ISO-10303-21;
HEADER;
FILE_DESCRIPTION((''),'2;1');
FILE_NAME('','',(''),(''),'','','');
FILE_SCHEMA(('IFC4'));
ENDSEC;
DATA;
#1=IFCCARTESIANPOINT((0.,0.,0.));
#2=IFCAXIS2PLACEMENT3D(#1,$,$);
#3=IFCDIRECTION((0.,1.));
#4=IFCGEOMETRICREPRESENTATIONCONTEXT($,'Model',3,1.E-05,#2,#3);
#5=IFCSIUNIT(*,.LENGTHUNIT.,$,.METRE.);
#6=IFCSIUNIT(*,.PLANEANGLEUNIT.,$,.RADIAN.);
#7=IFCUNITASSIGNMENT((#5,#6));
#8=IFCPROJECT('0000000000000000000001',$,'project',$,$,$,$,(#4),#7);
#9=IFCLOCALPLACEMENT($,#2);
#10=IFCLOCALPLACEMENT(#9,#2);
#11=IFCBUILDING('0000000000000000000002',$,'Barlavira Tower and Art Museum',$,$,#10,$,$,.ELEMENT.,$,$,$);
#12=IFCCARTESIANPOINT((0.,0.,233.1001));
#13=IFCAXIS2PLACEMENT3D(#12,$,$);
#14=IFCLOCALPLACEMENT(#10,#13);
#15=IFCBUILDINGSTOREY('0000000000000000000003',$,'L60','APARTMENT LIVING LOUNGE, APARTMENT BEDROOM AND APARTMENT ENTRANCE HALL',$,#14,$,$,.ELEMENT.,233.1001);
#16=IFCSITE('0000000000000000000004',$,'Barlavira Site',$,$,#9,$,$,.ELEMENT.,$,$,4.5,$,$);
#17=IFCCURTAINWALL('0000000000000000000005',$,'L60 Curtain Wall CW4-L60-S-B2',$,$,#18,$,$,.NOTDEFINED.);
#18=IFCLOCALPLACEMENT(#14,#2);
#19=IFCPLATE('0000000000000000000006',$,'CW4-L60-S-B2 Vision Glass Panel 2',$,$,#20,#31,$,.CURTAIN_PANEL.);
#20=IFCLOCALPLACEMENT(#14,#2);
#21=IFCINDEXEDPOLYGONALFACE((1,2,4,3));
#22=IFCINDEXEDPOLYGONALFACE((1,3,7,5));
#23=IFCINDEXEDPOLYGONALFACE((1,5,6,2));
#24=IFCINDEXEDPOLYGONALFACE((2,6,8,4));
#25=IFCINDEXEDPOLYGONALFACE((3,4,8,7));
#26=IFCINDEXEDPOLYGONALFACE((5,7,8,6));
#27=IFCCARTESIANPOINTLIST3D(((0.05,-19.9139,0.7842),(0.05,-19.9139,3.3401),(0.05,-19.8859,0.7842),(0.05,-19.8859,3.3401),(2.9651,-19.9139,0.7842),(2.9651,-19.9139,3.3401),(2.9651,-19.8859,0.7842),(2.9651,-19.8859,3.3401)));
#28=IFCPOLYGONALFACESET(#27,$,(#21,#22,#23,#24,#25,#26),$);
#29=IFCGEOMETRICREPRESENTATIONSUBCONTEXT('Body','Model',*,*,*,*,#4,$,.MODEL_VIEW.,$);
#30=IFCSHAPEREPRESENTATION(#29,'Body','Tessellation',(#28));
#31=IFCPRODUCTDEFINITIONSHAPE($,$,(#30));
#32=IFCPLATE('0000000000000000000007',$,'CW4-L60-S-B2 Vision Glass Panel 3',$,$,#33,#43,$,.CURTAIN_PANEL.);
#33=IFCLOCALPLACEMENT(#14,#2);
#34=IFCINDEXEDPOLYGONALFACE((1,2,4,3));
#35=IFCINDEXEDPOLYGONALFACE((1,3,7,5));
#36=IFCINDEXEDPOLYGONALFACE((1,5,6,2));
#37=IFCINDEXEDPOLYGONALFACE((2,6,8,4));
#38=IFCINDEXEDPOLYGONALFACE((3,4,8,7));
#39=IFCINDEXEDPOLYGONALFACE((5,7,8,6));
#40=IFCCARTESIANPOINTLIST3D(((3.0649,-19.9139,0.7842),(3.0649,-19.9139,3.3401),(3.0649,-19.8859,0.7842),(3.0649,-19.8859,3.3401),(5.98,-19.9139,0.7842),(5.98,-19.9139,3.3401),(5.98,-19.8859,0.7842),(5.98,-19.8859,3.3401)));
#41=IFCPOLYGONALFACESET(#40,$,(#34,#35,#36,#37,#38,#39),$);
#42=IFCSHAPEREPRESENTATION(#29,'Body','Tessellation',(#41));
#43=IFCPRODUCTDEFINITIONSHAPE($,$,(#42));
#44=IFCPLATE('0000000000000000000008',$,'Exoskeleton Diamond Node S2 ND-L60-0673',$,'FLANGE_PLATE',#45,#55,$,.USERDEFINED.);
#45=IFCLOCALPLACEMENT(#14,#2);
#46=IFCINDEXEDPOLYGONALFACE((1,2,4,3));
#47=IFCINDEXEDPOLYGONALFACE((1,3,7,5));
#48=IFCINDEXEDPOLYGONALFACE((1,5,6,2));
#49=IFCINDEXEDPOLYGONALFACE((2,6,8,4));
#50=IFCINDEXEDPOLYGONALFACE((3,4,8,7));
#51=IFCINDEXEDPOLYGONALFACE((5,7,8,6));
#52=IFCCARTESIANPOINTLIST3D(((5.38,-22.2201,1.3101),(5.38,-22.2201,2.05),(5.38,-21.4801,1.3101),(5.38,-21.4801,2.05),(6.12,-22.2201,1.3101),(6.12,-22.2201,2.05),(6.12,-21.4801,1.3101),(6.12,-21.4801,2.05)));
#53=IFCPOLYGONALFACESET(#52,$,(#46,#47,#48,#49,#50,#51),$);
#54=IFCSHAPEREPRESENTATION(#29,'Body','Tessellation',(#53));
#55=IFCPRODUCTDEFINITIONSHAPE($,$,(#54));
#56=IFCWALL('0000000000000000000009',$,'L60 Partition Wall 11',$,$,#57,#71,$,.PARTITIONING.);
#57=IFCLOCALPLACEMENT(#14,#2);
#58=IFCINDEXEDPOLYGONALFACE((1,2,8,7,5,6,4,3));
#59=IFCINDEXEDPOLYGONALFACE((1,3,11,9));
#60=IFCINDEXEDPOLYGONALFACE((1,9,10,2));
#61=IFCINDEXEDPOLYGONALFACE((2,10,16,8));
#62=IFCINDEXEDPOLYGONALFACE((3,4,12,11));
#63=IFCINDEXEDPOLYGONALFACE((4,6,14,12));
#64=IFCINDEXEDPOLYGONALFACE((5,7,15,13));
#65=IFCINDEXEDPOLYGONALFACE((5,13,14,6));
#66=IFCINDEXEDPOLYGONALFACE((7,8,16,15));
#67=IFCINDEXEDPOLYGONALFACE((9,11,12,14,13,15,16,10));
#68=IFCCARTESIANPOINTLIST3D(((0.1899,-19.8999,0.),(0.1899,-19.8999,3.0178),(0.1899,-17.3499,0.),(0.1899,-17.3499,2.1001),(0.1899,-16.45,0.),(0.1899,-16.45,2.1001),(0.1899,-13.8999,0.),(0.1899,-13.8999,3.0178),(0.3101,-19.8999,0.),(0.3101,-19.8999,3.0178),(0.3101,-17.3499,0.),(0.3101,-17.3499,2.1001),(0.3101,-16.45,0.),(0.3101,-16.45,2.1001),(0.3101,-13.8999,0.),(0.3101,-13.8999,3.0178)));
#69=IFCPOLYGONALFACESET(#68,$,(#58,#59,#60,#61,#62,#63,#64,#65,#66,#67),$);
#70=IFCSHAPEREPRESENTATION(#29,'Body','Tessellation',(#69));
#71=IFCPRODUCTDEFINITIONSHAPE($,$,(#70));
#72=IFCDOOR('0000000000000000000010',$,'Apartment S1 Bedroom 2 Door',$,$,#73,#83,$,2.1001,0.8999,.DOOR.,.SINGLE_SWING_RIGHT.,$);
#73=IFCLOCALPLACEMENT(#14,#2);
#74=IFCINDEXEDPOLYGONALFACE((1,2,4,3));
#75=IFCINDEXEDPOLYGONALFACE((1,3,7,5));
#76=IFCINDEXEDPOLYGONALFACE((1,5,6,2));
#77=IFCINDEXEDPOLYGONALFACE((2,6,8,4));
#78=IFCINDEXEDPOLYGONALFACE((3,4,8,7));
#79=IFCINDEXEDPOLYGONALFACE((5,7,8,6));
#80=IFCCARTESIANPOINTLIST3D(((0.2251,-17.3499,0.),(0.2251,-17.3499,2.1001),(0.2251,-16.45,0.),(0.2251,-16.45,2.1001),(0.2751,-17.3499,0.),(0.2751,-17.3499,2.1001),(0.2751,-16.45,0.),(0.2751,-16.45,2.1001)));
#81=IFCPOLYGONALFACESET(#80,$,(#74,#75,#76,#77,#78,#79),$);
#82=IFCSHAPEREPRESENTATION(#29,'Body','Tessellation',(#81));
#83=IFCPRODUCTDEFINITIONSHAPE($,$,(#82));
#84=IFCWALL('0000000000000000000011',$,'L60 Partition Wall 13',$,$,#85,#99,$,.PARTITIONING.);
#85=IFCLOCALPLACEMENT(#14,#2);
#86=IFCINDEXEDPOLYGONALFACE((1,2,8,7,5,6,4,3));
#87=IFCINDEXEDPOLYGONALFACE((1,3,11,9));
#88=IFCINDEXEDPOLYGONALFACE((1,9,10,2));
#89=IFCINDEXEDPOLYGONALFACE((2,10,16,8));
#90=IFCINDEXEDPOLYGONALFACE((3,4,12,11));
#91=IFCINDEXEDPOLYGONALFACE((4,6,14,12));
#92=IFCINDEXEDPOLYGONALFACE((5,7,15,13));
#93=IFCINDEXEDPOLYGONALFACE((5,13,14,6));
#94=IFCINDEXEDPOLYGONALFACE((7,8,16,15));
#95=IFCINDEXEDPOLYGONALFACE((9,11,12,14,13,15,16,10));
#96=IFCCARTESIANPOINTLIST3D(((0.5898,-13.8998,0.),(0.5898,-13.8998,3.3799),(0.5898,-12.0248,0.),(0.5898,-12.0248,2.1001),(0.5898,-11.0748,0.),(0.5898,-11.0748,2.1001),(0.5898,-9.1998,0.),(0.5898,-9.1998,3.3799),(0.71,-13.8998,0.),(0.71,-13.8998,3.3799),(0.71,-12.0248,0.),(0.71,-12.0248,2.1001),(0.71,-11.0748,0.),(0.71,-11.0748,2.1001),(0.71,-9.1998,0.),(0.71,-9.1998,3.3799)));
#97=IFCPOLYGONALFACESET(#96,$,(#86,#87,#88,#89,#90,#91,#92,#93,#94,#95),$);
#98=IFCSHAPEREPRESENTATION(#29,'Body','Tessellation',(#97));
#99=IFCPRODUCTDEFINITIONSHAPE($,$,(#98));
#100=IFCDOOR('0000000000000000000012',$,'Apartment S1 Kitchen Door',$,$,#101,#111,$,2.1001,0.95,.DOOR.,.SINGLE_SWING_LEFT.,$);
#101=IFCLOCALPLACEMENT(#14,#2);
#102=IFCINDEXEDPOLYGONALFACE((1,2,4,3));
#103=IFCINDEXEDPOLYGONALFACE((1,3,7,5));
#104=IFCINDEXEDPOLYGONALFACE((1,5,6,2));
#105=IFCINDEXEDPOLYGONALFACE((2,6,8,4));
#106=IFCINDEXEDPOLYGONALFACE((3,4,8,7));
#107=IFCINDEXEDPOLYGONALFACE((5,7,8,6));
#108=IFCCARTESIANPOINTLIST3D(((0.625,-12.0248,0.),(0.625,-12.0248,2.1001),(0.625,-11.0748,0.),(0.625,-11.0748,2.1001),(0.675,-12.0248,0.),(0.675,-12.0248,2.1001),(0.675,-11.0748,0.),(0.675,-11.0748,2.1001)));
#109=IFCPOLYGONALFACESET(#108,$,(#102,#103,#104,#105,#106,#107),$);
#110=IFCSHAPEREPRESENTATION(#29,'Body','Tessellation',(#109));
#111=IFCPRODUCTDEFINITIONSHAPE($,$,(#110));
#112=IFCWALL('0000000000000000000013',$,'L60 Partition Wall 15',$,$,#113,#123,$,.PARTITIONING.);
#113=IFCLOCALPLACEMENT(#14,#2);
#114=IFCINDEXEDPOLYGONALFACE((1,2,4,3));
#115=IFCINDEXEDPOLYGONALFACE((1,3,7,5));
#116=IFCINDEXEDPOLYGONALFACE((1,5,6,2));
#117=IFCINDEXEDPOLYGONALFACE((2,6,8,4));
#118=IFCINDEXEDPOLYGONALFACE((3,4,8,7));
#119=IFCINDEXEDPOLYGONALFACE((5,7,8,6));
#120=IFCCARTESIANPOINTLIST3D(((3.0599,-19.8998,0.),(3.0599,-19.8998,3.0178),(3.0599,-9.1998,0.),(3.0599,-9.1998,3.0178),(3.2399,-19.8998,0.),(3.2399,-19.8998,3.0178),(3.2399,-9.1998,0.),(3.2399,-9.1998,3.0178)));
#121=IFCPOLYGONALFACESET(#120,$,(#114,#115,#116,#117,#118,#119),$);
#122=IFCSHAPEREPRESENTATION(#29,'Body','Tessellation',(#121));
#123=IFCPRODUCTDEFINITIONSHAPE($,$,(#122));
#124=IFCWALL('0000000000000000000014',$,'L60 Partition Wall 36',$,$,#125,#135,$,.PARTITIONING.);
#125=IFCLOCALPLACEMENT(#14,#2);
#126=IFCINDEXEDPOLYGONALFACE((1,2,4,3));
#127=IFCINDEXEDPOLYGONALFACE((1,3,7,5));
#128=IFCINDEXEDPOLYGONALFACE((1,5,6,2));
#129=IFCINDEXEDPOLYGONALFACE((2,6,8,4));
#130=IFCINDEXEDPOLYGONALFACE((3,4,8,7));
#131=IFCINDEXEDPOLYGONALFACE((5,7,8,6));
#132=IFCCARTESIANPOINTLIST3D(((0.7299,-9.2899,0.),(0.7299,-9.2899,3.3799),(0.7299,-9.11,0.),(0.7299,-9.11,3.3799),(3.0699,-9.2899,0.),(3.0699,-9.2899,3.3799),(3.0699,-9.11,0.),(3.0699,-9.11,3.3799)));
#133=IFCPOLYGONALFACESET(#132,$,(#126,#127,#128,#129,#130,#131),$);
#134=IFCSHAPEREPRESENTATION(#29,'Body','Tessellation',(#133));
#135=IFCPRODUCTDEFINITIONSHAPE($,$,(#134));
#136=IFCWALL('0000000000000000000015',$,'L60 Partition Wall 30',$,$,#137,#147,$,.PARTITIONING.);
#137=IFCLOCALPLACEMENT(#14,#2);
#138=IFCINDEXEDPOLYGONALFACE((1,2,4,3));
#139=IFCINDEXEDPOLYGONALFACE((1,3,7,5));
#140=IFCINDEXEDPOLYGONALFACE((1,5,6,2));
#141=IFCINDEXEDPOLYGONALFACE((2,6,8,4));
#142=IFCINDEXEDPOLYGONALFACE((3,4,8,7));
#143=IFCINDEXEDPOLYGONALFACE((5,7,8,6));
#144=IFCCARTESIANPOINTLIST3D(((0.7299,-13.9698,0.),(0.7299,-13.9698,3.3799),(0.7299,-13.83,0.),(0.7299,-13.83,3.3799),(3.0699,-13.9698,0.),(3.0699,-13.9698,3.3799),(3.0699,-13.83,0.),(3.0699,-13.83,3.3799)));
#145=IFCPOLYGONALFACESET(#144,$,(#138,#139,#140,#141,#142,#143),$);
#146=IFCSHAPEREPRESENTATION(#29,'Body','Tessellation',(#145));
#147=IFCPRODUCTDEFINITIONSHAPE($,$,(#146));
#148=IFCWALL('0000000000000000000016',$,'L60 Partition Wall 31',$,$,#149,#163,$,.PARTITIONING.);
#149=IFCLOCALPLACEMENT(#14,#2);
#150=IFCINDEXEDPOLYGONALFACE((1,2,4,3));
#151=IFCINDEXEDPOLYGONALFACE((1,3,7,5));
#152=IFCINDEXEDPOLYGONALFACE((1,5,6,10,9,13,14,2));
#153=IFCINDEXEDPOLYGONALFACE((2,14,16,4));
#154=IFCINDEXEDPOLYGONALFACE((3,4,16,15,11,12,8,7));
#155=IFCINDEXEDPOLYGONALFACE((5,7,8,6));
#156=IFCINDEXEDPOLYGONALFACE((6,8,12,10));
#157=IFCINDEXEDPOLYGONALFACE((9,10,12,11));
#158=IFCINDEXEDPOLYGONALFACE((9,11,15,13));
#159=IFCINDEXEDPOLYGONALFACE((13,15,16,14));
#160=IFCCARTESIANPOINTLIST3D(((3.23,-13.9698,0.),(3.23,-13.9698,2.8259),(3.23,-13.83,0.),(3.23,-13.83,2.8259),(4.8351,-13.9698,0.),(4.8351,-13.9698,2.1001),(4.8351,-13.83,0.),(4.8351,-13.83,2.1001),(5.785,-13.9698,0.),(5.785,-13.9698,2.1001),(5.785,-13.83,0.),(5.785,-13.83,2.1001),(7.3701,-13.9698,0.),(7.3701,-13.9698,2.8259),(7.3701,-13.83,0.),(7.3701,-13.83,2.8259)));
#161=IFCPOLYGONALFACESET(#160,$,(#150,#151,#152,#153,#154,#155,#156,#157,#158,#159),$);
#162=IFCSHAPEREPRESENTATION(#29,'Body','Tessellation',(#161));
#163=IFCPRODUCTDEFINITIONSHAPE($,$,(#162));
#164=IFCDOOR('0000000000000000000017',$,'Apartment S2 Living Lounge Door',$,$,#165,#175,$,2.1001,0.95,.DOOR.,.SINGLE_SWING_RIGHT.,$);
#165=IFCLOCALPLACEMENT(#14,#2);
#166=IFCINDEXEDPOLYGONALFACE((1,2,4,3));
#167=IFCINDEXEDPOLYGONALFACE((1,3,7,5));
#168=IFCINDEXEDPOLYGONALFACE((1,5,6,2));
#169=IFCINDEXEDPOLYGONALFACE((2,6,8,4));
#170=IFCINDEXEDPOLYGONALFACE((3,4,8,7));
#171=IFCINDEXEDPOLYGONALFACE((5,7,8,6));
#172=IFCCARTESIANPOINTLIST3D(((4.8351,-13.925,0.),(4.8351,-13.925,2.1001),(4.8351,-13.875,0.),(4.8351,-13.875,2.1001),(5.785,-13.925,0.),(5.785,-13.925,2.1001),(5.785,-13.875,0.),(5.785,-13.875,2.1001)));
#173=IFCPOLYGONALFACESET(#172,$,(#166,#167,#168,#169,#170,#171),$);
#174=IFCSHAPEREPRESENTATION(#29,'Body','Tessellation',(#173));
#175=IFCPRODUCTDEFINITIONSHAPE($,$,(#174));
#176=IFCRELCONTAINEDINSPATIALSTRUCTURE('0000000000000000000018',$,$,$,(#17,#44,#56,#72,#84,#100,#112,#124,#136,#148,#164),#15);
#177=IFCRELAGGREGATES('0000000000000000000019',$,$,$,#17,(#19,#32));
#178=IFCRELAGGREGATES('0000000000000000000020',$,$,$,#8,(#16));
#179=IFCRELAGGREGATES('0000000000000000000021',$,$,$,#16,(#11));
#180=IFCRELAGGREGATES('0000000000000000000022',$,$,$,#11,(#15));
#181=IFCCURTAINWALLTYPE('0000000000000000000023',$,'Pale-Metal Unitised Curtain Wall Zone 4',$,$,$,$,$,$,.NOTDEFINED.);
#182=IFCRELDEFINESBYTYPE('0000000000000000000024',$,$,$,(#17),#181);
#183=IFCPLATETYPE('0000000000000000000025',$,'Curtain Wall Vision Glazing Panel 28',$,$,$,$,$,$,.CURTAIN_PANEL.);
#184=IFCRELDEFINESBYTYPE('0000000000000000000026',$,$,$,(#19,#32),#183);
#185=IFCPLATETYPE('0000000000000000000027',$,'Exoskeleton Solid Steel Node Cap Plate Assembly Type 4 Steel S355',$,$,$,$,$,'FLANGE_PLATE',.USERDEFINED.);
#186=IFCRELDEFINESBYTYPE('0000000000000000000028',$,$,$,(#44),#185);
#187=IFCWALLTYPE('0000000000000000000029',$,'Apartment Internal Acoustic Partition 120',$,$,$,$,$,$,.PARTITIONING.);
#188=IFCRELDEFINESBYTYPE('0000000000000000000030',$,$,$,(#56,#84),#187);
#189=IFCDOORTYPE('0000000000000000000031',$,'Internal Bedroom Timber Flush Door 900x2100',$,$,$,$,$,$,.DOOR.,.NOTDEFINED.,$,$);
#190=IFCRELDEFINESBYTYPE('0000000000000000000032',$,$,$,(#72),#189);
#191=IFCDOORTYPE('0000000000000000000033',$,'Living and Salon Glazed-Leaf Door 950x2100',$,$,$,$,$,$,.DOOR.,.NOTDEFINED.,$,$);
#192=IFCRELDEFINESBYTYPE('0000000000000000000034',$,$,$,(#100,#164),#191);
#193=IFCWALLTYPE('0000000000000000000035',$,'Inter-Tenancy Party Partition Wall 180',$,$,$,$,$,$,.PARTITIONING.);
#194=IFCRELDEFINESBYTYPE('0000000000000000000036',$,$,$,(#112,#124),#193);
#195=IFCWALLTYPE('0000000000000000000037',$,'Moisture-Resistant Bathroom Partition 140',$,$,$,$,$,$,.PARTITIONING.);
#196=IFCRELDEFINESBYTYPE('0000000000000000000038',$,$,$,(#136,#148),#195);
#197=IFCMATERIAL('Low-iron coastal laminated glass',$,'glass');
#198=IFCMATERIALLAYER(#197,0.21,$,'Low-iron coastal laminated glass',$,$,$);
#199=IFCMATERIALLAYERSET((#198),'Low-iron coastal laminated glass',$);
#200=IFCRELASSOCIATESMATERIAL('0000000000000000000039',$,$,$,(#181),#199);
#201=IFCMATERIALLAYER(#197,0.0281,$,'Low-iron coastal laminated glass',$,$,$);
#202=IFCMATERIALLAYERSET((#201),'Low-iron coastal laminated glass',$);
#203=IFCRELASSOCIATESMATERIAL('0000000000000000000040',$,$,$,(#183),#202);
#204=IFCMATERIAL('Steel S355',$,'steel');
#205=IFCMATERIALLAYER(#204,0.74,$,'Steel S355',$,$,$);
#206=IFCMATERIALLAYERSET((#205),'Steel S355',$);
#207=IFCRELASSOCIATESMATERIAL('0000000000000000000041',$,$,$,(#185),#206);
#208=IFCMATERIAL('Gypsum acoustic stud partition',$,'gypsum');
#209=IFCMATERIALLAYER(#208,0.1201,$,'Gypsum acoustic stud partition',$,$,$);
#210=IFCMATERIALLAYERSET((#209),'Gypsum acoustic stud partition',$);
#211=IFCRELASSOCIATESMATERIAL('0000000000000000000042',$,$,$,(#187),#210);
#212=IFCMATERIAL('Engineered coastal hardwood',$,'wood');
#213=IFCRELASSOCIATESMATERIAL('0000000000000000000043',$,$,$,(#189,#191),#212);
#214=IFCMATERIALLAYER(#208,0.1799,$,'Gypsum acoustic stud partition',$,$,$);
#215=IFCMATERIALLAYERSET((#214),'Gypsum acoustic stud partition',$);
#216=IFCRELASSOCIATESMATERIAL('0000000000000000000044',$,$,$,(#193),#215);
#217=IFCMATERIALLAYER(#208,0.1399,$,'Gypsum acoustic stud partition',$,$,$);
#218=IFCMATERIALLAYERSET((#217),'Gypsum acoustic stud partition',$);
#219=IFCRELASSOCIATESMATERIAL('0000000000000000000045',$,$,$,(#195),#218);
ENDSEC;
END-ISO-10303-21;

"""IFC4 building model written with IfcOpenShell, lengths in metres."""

from ifc_helpers import new_model, si_unit, direction, frame, frame_2d, origin, origin_2d, place, context, subcontext, project, spatial, rectangle, extrude, material, layer, layer_set, type_object, element, fill, aggregate, save


model = new_model("IFC4")

# Units and contexts
model_context = context("Model", 3, precision=1e-05, world=origin(), true_north=direction((0.0, 1.0)))
body_context = subcontext(model_context, "Body", "Model", "MODEL_VIEW")
ifc_project = project(units=[si_unit("LENGTHUNIT", "METRE"), si_unit("PLANEANGLEUNIT", "RADIAN")], contexts=[model_context])

# Site, building, storey
site_placement = place(None, origin())
site = spatial("IfcSite", under=ifc_project, at=site_placement, Name="Barlavira Site", CompositionType="ELEMENT", RefElevation=4.5)
building_placement = place(site_placement, origin())
building = spatial("IfcBuilding", under=site, at=building_placement, Name="Barlavira Tower and Art Museum", CompositionType="ELEMENT")
storey_placement = place(building_placement, frame((0.0, 0.0, 233.1001)))
storey = spatial("IfcBuildingStorey", under=building, at=storey_placement, Name="L60", Description="APARTMENT LIVING LOUNGE, APARTMENT BEDROOM AND APARTMENT ENTRANCE HALL", CompositionType="ELEMENT", Elevation=233.1001)

# Curtain wall
ifc_material_1 = material(Name="Low-iron coastal laminated glass", Category="glass")
ifc_layer_1 = layer(ifc_material_1, 0.21, Name="Low-iron coastal laminated glass")
ifc_layer_set_1 = layer_set([ifc_layer_1], Name="Low-iron coastal laminated glass")
curtain_wall_type = type_object("IfcCurtainWallType", Name="Pale-Metal Unitised Curtain Wall Zone 4", PredefinedType="NOTDEFINED", material=ifc_layer_set_1)
curtain_wall_placement = place(storey_placement, origin())
curtain_wall = element("IfcCurtainWall", 1, at=curtain_wall_placement, inside=storey, type_object=curtain_wall_type, Name="L60 Curtain Wall CW4-L60-S-B2", PredefinedType="NOTDEFINED")

# Shared definitions
ifc_material_2 = material(Name="Steel S355", Category="steel")

# Plates
ifc_layer_2 = layer(ifc_material_1, 0.0281, Name="Low-iron coastal laminated glass")
ifc_layer_set_2 = layer_set([ifc_layer_2], Name="Low-iron coastal laminated glass")
plate_type_1 = type_object("IfcPlateType", Name="Curtain Wall Vision Glazing Panel 28", PredefinedType="CURTAIN_PANEL", material=ifc_layer_set_2)
plate_1_placement = place(storey_placement, frame((1.5076, -19.8999, 0.7842), z_axis=(0.0, 0.0, 1.0), x_axis=(1.0, 0.0, 0.0)))
plate_1 = element("IfcPlate", 2, at=plate_1_placement, type_object=plate_type_1, Name="CW4-L60-S-B2 Vision Glass Panel 2", PredefinedType="CURTAIN_PANEL", context=body_context, shape_type="SweptSolid", body=[
    extrude(rectangle(XDim=2.915, YDim=0.0281, at=origin_2d()), origin(), (0.0, 0.0, 1.0), 2.5559),
])
plate_2_placement = place(storey_placement, frame((4.5225, -19.8999, 0.7842), z_axis=(0.0, 0.0, 1.0), x_axis=(1.0, 0.0, 0.0)))
plate_2 = element("IfcPlate", 3, at=plate_2_placement, type_object=plate_type_1, Name="CW4-L60-S-B2 Vision Glass Panel 3", PredefinedType="CURTAIN_PANEL", context=body_context, shape_type="SweptSolid", body=[
    extrude(rectangle(XDim=2.915, YDim=0.0281, at=origin_2d()), origin(), (0.0, 0.0, 1.0), 2.5559),
])
aggregate(curtain_wall, [plate_1, plate_2])
ifc_layer_3 = layer(ifc_material_2, 0.74, Name="Steel S355")
ifc_layer_set_3 = layer_set([ifc_layer_3], Name="Steel S355")
plate_type_2 = type_object("IfcPlateType", Name="Exoskeleton Solid Steel Node Cap Plate Assembly Type 4 Steel S355", ElementType="FLANGE_PLATE", PredefinedType="USERDEFINED", material=ifc_layer_set_3)
plate_3_placement = place(storey_placement, frame((5.75, -21.8501, 1.3101), z_axis=(0.0, 0.0, 1.0), x_axis=(1.0, 0.0, 0.0)))
element("IfcPlate", 4, at=plate_3_placement, inside=storey, type_object=plate_type_2, Name="Exoskeleton Diamond Node S2 ND-L60-0673", ObjectType="FLANGE_PLATE", PredefinedType="USERDEFINED", context=body_context, shape_type="SweptSolid", body=[
    extrude(rectangle(XDim=0.74, YDim=0.74, at=origin_2d()), origin(), (0.0, 0.0, 1.0), 0.74),
])

# Walls, openings, doors
ifc_material_3 = material(Name="Gypsum acoustic stud partition", Category="gypsum")
ifc_layer_4 = layer(ifc_material_3, 0.1201, Name="Gypsum acoustic stud partition")
ifc_layer_set_4 = layer_set([ifc_layer_4], Name="Gypsum acoustic stud partition")
wall_type_1 = type_object("IfcWallType", Name="Apartment Internal Acoustic Partition 120", PredefinedType="PARTITIONING", material=ifc_layer_set_4)
wall_1_placement = place(storey_placement, frame((0.25, -19.8999, 0.0), z_axis=(0.0, 0.0, 1.0), x_axis=(0.0, 1.0, 0.0)))
wall_1 = element("IfcWall", 5, at=wall_1_placement, inside=storey, type_object=wall_type_1, Name="L60 Partition Wall 11", PredefinedType="PARTITIONING", context=body_context, shape_type="SweptSolid", body=[
    extrude(rectangle(XDim=6.0, YDim=0.1201, at=frame_2d((3.0, 0.0))), origin(), (0.0, 0.0, 1.0), 3.0178),
])
opening_1_placement = place(wall_1_placement, frame((2.55, 0.0, 0.0)))
opening_1 = element("IfcOpeningElement", 6, at=opening_1_placement, cuts=wall_1, PredefinedType="OPENING", context=body_context, shape_type="SweptSolid", body=[
    extrude(rectangle(XDim=0.8999, YDim=2.1001, at=frame_2d((0.45, 1.05))), frame((0.0, 0.0701, 0.0), z_axis=(0.0, -1.0, 0.0), x_axis=(1.0, 0.0, 0.0)), (0.0, 0.0, 1.0), 0.1401),
])
ifc_material_4 = material(Name="Engineered coastal hardwood", Category="wood")
door_type_1 = type_object("IfcDoorType", Name="Internal Bedroom Timber Flush Door 900x2100", OperationType="NOTDEFINED", PredefinedType="DOOR", material=ifc_material_4)
door_1_placement = place(opening_1_placement, origin())
door_1 = element("IfcDoor", 7, at=door_1_placement, inside=storey, type_object=door_type_1, Name="Apartment S1 Bedroom 2 Door", OperationType="SINGLE_SWING_RIGHT", OverallHeight=2.1001, OverallWidth=0.8999, PredefinedType="DOOR", context=body_context, shape_type="SweptSolid", body=[
    extrude(rectangle(XDim=0.8999, YDim=2.1001, at=frame_2d((0.45, 1.05))), frame((0.0, 0.0249, 0.0), z_axis=(0.0, -1.0, 0.0), x_axis=(1.0, 0.0, 0.0)), (0.0, 0.0, 1.0), 0.05),
])
fill(opening_1, door_1)
wall_2_placement = place(storey_placement, frame((0.6499, -13.8999, 0.0), z_axis=(0.0, 0.0, 1.0), x_axis=(0.0, 1.0, 0.0)))
wall_2 = element("IfcWall", 8, at=wall_2_placement, inside=storey, type_object=wall_type_1, Name="L60 Partition Wall 13", PredefinedType="PARTITIONING", context=body_context, shape_type="SweptSolid", body=[
    extrude(rectangle(XDim=4.7, YDim=0.1201, at=frame_2d((2.3501, 0.0))), origin(), (0.0, 0.0, 1.0), 3.3799),
])
opening_2_placement = place(wall_2_placement, frame((1.875, 0.0, 0.0)))
opening_2 = element("IfcOpeningElement", 9, at=opening_2_placement, cuts=wall_2, PredefinedType="OPENING", context=body_context, shape_type="SweptSolid", body=[
    extrude(rectangle(XDim=0.95, YDim=2.1001, at=frame_2d((0.4751, 1.05))), frame((0.0, 0.0701, 0.0), z_axis=(0.0, -1.0, 0.0), x_axis=(1.0, 0.0, 0.0)), (0.0, 0.0, 1.0), 0.1401),
])
door_type_2 = type_object("IfcDoorType", Name="Living and Salon Glazed-Leaf Door 950x2100", OperationType="NOTDEFINED", PredefinedType="DOOR", material=ifc_material_4)
door_2_placement = place(opening_2_placement, origin())
door_2 = element("IfcDoor", 10, at=door_2_placement, inside=storey, type_object=door_type_2, Name="Apartment S1 Kitchen Door", OperationType="SINGLE_SWING_LEFT", OverallHeight=2.1001, OverallWidth=0.95, PredefinedType="DOOR", context=body_context, shape_type="SweptSolid", body=[
    extrude(rectangle(XDim=0.95, YDim=2.1001, at=frame_2d((0.4751, 1.05))), frame((0.0, 0.0249, 0.0), z_axis=(0.0, -1.0, 0.0), x_axis=(1.0, 0.0, 0.0)), (0.0, 0.0, 1.0), 0.05),
])
fill(opening_2, door_2)

# Walls
ifc_layer_5 = layer(ifc_material_3, 0.1799, Name="Gypsum acoustic stud partition")
ifc_layer_set_5 = layer_set([ifc_layer_5], Name="Gypsum acoustic stud partition")
wall_type_2 = type_object("IfcWallType", Name="Inter-Tenancy Party Partition Wall 180", PredefinedType="PARTITIONING", material=ifc_layer_set_5)
wall_3_placement = place(storey_placement, frame((3.1499, -19.8999, 0.0), z_axis=(0.0, 0.0, 1.0), x_axis=(0.0, 1.0, 0.0)))
element("IfcWall", 11, at=wall_3_placement, inside=storey, type_object=wall_type_2, Name="L60 Partition Wall 15", PredefinedType="PARTITIONING", context=body_context, shape_type="SweptSolid", body=[
    extrude(rectangle(XDim=10.7, YDim=0.1799, at=frame_2d((5.3501, 0.0))), origin(), (0.0, 0.0, 1.0), 3.0178),
])
wall_4_placement = place(storey_placement, frame((0.73, -9.2, 0.0), z_axis=(0.0, 0.0, 1.0), x_axis=(1.0, 0.0, 0.0)))
element("IfcWall", 12, at=wall_4_placement, inside=storey, type_object=wall_type_2, Name="L60 Partition Wall 36", PredefinedType="PARTITIONING", context=body_context, shape_type="SweptSolid", body=[
    extrude(rectangle(XDim=2.3401, YDim=0.1799, at=frame_2d((1.1699, 0.0))), origin(), (0.0, 0.0, 1.0), 3.3799),
])

# Wall
ifc_layer_6 = layer(ifc_material_3, 0.1399, Name="Gypsum acoustic stud partition")
ifc_layer_set_6 = layer_set([ifc_layer_6], Name="Gypsum acoustic stud partition")
wall_type_3 = type_object("IfcWallType", Name="Moisture-Resistant Bathroom Partition 140", PredefinedType="PARTITIONING", material=ifc_layer_set_6)
wall_5_placement = place(storey_placement, frame((0.73, -13.8999, 0.0), z_axis=(0.0, 0.0, 1.0), x_axis=(1.0, 0.0, 0.0)))
element("IfcWall", 13, at=wall_5_placement, inside=storey, type_object=wall_type_3, Name="L60 Partition Wall 30", PredefinedType="PARTITIONING", context=body_context, shape_type="SweptSolid", body=[
    extrude(rectangle(XDim=2.3401, YDim=0.1399, at=frame_2d((1.1699, 0.0))), origin(), (0.0, 0.0, 1.0), 3.3799),
])

# Wall, opening, door
wall_6_placement = place(storey_placement, frame((3.23, -13.8999, 0.0), z_axis=(0.0, 0.0, 1.0), x_axis=(1.0, 0.0, 0.0)))
wall_6 = element("IfcWall", 14, at=wall_6_placement, inside=storey, type_object=wall_type_3, Name="L60 Partition Wall 31", PredefinedType="PARTITIONING", context=body_context, shape_type="SweptSolid", body=[
    extrude(rectangle(XDim=4.1401, YDim=0.1399, at=frame_2d((2.0701, 0.0))), origin(), (0.0, 0.0, 1.0), 2.8259),
])
opening_3_placement = place(wall_6_placement, frame((1.605, 0.0, 0.0)))
opening_3 = element("IfcOpeningElement", 15, at=opening_3_placement, cuts=wall_6, PredefinedType="OPENING", context=body_context, shape_type="SweptSolid", body=[
    extrude(rectangle(XDim=0.95, YDim=2.1001, at=frame_2d((0.4751, 1.05))), frame((0.0, 0.0801, 0.0), z_axis=(0.0, -1.0, 0.0), x_axis=(1.0, 0.0, 0.0)), (0.0, 0.0, 1.0), 0.1599),
])
door_3_placement = place(opening_3_placement, origin())
door_3 = element("IfcDoor", 16, at=door_3_placement, inside=storey, type_object=door_type_2, Name="Apartment S2 Living Lounge Door", OperationType="SINGLE_SWING_RIGHT", OverallHeight=2.1001, OverallWidth=0.95, PredefinedType="DOOR", context=body_context, shape_type="SweptSolid", body=[
    extrude(rectangle(XDim=0.95, YDim=2.1001, at=frame_2d((0.4751, 1.05))), frame((0.0, 0.0249, 0.0), z_axis=(0.0, -1.0, 0.0), x_axis=(1.0, 0.0, 0.0)), (0.0, 0.0, 1.0), 0.05),
])
fill(opening_3, door_3)

save(model, "model.ifc")
